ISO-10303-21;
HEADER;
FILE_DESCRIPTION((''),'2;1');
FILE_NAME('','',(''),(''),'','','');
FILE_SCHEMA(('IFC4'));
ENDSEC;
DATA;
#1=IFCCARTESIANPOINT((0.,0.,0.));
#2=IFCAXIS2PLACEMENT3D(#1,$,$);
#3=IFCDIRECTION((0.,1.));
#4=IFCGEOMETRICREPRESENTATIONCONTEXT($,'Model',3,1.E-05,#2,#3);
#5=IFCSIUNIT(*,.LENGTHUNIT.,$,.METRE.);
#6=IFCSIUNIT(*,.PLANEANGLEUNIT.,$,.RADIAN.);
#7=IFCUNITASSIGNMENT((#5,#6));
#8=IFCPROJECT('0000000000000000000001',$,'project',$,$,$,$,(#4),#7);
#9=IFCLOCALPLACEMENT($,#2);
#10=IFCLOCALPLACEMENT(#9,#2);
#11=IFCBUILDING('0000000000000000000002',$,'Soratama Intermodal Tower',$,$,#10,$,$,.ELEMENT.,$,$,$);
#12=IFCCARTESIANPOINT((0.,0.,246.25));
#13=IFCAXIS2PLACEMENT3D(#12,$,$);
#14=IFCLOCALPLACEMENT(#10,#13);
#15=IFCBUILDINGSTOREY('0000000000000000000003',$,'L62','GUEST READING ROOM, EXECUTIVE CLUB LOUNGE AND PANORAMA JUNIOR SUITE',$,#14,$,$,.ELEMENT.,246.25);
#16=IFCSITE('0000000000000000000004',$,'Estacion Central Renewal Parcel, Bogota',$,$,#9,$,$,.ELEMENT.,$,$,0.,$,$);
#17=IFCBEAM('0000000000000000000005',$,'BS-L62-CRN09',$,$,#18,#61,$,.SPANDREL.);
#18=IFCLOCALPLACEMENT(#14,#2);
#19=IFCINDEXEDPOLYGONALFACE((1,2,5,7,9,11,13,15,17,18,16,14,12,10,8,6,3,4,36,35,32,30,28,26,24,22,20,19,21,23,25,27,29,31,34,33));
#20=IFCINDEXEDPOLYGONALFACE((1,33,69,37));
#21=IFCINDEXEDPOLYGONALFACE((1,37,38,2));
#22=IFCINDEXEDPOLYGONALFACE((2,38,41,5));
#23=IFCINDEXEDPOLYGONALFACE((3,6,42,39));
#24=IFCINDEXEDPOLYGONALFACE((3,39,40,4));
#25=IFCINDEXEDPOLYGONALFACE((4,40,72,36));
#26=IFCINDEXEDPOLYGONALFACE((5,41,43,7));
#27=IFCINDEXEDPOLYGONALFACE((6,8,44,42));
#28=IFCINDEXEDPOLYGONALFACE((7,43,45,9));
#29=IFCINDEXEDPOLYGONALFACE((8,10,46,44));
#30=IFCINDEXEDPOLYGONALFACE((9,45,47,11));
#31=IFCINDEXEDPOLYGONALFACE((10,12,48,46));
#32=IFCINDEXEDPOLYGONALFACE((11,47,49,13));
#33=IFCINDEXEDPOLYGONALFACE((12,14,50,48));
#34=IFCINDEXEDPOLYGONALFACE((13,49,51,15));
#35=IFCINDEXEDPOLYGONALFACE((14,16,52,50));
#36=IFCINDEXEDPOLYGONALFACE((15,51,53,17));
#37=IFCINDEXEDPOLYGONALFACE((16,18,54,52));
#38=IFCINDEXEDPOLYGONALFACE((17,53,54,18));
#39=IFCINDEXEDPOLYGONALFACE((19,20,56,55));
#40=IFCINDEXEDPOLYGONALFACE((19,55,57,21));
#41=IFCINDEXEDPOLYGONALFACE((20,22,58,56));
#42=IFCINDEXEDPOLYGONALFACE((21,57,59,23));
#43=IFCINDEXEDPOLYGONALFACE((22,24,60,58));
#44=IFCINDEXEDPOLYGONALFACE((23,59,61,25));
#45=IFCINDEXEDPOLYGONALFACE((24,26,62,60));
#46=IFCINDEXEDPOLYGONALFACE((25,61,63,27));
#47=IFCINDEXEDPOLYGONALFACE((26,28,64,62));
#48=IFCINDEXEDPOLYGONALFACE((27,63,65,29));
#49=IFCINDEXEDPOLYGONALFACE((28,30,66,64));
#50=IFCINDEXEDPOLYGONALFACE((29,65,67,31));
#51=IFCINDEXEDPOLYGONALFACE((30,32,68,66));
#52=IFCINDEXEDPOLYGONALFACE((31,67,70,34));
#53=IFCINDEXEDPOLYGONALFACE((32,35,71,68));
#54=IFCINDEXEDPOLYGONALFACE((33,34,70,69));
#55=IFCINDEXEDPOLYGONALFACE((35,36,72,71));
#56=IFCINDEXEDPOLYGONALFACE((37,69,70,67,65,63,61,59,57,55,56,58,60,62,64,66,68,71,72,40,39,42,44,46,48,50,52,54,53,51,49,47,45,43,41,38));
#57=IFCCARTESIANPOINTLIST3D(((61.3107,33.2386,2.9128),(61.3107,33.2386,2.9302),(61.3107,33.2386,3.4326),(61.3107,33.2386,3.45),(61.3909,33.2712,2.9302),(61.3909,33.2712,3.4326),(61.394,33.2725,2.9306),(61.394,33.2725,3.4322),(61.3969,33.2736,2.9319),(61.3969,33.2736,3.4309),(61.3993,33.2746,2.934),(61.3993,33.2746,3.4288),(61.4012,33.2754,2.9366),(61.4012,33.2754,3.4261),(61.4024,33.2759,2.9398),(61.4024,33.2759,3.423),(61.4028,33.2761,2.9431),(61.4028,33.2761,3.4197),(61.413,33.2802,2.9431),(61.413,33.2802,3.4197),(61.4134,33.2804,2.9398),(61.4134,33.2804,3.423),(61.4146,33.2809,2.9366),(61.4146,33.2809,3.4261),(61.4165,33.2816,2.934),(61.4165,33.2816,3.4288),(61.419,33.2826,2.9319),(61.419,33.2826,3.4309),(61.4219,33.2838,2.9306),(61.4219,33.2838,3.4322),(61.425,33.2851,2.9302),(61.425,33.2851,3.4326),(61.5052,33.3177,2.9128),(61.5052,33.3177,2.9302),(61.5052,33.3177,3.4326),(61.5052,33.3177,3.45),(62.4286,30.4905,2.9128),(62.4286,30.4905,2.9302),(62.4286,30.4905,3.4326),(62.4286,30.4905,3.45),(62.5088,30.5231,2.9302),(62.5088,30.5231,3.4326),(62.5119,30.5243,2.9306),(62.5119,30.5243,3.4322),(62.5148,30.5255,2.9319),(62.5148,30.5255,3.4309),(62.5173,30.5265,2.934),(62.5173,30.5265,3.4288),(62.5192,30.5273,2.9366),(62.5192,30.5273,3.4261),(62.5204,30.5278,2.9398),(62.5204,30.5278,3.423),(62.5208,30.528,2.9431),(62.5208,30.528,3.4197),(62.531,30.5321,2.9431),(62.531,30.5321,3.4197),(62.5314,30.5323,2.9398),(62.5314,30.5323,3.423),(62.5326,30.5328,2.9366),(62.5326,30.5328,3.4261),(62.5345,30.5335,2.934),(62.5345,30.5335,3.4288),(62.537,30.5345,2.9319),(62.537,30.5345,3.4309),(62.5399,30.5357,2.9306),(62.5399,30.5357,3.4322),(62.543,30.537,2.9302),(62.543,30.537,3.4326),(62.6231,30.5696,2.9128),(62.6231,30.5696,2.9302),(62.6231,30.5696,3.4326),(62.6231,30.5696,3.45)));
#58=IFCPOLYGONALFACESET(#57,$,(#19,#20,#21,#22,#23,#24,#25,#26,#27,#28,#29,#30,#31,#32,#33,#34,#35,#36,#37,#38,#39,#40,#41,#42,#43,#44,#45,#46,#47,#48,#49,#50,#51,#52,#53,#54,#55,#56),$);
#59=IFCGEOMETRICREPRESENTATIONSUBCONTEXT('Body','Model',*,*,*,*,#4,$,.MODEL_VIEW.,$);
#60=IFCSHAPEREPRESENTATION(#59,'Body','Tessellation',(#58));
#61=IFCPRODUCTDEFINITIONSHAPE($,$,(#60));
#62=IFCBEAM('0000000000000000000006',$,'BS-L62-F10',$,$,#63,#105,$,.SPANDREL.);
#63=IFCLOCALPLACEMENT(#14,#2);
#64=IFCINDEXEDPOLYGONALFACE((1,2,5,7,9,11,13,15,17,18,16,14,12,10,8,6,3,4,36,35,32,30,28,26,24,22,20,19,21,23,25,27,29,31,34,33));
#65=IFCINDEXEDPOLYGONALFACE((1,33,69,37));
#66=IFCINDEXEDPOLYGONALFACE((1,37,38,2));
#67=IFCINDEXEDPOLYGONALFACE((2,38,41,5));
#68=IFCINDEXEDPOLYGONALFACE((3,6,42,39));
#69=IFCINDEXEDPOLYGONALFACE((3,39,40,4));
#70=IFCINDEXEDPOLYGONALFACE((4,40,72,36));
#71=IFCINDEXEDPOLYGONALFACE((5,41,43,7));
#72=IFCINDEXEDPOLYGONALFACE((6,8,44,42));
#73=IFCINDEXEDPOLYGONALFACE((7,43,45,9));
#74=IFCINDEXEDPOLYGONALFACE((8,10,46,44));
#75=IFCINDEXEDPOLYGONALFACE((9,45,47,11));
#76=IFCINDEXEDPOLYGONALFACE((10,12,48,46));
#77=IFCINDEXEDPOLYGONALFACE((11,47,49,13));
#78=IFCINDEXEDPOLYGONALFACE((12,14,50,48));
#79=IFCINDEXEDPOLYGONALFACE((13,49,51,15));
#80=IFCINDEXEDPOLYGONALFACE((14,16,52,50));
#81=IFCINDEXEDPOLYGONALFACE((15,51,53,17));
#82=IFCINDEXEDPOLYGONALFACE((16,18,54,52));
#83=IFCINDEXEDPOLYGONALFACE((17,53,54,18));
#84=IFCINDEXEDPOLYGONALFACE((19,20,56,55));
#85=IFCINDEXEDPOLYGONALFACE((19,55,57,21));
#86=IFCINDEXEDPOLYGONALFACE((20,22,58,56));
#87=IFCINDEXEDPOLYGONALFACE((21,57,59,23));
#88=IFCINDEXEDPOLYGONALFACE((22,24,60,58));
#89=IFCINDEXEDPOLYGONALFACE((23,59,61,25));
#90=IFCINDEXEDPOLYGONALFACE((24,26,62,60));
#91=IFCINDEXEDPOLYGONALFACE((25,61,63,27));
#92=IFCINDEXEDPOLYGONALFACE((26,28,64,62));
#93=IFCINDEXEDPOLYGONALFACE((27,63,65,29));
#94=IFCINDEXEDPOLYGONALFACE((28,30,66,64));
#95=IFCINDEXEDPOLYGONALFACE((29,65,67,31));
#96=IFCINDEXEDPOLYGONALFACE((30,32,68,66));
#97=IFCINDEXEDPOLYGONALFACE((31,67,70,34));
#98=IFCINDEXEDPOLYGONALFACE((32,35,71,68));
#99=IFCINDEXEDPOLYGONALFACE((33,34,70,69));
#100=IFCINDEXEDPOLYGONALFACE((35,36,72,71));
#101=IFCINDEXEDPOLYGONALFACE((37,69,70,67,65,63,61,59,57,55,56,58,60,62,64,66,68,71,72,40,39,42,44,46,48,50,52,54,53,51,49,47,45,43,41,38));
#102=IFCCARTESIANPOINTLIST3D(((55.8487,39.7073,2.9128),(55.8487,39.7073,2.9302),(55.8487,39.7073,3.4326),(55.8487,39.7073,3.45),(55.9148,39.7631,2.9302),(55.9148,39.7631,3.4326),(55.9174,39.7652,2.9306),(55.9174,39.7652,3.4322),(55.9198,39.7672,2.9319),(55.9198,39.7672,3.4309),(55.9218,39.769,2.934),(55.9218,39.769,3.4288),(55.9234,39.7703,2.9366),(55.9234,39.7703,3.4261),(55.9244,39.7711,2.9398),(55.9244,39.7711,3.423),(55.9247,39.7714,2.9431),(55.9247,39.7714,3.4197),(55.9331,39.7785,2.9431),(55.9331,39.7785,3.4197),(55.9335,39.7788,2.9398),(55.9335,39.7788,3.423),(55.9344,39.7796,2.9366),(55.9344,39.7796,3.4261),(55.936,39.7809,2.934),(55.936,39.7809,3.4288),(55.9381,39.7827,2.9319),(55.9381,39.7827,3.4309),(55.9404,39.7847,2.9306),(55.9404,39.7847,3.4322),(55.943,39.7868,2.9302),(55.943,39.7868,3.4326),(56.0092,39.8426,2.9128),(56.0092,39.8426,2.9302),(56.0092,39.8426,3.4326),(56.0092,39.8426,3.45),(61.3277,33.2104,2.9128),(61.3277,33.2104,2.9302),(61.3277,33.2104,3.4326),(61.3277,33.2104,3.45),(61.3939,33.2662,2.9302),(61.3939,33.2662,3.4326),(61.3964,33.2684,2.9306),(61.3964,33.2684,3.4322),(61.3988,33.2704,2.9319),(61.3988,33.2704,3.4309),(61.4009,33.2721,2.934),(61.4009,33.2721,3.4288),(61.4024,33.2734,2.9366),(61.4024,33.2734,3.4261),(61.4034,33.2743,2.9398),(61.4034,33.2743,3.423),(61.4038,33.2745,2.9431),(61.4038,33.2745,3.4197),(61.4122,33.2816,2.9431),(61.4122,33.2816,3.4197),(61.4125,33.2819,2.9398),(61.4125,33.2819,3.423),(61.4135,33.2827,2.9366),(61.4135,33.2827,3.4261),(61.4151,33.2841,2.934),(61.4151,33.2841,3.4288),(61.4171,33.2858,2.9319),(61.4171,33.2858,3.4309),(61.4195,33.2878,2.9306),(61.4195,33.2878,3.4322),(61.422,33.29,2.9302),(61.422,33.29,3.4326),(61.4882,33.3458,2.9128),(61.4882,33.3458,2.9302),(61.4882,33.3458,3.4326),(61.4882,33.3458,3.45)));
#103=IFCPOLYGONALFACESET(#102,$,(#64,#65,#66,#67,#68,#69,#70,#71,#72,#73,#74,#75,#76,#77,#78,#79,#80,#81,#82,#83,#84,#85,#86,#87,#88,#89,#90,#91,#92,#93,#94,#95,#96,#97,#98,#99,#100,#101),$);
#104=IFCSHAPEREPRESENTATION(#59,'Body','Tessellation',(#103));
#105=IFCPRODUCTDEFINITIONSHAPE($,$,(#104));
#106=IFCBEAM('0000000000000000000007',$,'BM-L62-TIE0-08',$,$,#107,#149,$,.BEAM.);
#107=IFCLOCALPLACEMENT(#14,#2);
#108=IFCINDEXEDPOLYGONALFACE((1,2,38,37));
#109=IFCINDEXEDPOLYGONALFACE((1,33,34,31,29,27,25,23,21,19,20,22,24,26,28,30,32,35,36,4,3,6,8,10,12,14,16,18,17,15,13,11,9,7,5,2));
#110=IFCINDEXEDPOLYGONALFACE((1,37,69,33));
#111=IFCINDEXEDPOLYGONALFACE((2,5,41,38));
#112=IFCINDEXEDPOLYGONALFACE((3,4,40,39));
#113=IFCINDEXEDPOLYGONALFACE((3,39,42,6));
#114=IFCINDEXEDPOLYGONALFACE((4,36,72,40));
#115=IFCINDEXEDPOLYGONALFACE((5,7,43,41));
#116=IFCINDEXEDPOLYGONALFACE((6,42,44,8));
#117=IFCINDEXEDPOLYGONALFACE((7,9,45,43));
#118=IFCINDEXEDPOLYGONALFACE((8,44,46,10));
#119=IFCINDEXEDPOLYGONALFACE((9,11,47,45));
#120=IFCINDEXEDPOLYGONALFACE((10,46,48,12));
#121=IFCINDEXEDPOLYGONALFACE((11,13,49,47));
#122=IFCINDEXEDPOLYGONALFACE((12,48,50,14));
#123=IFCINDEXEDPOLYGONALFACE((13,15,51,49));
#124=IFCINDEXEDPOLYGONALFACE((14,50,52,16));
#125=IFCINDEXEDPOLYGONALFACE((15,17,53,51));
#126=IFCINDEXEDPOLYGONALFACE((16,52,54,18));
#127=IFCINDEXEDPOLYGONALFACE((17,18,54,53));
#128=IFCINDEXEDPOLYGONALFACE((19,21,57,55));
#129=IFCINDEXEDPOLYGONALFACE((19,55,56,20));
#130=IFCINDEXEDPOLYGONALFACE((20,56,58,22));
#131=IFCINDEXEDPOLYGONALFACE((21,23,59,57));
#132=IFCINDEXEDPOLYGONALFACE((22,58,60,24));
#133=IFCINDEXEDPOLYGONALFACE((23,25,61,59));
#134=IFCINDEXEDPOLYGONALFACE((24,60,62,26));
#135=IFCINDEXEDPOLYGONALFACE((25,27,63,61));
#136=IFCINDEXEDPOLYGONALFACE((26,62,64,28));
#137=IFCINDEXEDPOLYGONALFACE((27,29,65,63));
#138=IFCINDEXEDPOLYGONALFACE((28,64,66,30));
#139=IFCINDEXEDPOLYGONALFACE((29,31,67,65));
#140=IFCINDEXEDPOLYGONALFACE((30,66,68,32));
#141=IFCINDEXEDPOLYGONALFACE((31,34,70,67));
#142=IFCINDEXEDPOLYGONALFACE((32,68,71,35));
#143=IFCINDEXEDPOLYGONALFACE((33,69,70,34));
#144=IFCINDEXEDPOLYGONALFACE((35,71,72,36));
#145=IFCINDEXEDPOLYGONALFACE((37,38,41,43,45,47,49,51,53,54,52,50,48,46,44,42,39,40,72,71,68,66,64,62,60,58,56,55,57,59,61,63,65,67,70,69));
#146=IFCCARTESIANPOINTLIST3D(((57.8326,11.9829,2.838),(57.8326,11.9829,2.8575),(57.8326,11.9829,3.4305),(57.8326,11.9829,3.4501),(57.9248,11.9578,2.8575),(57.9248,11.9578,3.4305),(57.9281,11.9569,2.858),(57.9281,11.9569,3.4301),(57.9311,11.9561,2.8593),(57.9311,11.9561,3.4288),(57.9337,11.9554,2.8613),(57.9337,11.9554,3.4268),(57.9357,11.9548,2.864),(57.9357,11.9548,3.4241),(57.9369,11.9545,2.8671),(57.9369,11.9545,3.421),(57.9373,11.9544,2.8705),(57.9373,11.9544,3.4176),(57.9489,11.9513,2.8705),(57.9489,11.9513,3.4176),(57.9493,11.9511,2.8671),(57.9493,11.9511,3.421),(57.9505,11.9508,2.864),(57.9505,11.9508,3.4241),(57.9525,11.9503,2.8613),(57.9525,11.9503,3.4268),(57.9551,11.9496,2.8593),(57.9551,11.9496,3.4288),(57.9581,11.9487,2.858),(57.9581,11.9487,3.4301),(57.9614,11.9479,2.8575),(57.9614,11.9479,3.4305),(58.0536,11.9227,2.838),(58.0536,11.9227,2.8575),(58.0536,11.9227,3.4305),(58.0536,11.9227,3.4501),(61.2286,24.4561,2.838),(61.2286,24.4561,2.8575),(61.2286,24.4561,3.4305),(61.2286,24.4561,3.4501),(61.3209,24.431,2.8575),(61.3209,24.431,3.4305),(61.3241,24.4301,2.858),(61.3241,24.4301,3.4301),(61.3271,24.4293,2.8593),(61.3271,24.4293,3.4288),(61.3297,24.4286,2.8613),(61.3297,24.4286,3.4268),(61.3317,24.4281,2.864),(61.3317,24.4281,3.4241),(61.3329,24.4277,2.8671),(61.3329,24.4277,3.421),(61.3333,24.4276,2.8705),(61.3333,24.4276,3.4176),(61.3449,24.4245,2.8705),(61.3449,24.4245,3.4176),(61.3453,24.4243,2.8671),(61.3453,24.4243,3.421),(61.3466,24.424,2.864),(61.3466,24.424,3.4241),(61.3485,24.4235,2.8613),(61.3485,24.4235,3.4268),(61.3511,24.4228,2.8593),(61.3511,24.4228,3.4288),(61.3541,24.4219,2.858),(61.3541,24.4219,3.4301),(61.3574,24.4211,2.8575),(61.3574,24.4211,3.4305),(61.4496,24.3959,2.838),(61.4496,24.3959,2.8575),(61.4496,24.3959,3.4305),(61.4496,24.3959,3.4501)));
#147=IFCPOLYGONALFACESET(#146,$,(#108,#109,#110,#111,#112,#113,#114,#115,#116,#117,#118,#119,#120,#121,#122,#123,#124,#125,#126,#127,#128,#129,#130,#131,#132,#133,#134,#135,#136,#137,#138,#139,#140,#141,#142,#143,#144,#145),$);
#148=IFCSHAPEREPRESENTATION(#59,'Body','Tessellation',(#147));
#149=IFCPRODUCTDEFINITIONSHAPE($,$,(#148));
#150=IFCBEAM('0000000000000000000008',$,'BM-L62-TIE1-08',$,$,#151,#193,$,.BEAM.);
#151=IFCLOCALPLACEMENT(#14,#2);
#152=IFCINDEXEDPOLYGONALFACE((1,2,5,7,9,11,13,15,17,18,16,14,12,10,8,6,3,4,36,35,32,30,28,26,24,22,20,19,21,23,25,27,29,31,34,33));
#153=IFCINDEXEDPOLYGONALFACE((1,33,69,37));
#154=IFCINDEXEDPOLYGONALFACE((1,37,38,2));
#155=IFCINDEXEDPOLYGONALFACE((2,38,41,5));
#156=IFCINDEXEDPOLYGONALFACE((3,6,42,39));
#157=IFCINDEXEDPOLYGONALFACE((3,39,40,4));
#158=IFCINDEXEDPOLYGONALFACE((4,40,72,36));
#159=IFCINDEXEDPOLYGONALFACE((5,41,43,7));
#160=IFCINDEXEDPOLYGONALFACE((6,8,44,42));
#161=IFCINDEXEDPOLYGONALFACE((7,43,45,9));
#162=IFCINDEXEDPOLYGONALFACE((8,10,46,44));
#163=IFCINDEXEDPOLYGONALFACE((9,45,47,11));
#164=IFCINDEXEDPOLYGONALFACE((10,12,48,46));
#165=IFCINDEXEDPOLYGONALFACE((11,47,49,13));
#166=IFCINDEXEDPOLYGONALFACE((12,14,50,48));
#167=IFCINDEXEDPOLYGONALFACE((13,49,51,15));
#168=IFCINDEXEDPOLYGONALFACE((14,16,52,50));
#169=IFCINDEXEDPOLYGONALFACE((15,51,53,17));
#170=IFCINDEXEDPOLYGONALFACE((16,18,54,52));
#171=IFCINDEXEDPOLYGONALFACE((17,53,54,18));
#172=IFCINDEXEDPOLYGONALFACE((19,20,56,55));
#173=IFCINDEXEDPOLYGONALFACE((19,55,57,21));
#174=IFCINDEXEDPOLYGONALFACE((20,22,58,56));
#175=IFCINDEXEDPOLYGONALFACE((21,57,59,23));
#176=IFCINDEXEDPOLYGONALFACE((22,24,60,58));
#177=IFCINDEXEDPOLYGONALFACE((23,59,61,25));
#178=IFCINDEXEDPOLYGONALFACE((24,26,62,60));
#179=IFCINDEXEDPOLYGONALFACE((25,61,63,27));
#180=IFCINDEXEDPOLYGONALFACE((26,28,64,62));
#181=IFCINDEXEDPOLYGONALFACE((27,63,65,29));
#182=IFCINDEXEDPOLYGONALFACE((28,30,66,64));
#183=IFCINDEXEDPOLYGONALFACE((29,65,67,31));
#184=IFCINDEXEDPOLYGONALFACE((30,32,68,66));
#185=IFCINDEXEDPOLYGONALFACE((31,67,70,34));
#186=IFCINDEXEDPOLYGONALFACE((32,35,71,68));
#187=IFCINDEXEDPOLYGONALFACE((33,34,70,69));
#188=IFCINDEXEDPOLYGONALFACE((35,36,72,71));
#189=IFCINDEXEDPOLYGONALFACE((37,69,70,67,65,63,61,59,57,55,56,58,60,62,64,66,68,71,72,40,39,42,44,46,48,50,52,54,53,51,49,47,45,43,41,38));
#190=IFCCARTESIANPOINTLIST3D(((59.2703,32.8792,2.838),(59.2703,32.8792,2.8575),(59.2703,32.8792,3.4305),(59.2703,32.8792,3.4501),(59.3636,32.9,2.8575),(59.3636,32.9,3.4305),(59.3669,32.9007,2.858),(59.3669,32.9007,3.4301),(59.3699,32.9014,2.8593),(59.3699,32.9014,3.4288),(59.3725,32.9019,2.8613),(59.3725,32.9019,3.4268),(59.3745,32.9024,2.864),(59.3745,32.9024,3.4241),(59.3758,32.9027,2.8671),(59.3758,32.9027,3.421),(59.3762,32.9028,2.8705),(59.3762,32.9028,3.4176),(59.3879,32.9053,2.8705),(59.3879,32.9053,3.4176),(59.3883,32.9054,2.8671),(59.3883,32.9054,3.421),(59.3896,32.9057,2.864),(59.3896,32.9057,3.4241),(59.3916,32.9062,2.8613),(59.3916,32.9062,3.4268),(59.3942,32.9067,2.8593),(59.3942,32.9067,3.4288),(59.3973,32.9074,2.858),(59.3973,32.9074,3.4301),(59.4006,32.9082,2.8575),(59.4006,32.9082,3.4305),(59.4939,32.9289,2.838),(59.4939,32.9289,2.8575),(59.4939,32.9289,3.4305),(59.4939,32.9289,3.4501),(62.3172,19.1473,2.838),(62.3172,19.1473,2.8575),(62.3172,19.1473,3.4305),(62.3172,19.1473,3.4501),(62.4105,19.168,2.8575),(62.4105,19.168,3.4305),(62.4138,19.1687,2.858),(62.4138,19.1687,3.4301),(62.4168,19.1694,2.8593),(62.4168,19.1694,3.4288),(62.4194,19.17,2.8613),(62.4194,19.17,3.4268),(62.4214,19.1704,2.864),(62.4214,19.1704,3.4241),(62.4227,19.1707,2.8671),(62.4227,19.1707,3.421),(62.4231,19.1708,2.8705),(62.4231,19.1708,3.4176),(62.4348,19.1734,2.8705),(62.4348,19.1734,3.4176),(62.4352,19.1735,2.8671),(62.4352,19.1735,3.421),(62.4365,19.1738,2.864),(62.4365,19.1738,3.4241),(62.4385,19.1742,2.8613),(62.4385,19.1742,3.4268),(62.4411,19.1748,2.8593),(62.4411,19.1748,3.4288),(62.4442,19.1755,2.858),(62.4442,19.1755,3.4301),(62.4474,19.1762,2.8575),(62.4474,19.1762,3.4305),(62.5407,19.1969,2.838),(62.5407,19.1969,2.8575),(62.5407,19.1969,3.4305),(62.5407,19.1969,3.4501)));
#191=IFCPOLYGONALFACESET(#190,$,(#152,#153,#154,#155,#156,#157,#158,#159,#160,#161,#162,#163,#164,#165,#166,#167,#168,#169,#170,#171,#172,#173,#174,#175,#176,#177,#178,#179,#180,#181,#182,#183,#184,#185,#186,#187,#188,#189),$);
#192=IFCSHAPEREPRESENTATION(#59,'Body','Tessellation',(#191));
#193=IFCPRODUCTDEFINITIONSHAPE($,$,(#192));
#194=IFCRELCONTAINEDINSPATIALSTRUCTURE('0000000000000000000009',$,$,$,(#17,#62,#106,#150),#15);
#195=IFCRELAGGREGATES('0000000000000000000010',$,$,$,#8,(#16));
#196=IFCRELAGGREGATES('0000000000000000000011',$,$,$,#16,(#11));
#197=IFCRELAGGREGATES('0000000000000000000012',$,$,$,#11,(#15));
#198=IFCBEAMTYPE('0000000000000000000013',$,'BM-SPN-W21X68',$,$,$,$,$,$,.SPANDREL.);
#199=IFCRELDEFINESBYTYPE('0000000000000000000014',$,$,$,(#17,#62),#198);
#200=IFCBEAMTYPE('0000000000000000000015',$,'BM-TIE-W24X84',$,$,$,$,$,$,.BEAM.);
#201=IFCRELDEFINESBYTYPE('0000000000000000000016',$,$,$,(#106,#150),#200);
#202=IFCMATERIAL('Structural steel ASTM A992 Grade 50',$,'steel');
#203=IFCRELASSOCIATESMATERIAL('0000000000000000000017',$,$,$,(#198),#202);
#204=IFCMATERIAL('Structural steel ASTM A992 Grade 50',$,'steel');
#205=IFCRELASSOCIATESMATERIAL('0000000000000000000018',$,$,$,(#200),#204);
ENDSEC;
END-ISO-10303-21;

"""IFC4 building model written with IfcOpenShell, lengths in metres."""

from ifc_helpers import new_model, si_unit, direction, frame, origin, origin_2d, place, context, subcontext, project, spatial, i_section, extrude, material, material_profile, profile_set, type_object, element, save


model = new_model("IFC4")

# Units and contexts
model_context = context("Model", 3, precision=1e-05, world=origin(), true_north=direction((0.0, 1.0)))
body_context = subcontext(model_context, "Body", "Model", "MODEL_VIEW")
ifc_project = project(units=[si_unit("LENGTHUNIT", "METRE"), si_unit("PLANEANGLEUNIT", "RADIAN")], contexts=[model_context])

# Site, building, storey
site_placement = place(None, origin())
site = spatial("IfcSite", under=ifc_project, at=site_placement, Name="Estacion Central Renewal Parcel, Bogota", CompositionType="ELEMENT", RefElevation=0.0)
building_placement = place(site_placement, origin())
building = spatial("IfcBuilding", under=site, at=building_placement, Name="Soratama Intermodal Tower", CompositionType="ELEMENT")
storey_placement = place(building_placement, frame((0.0, 0.0, 246.25)))
storey = spatial("IfcBuildingStorey", under=building, at=storey_placement, Name="L62", Description="GUEST READING ROOM, EXECUTIVE CLUB LOUNGE AND PANORAMA JUNIOR SUITE", CompositionType="ELEMENT", Elevation=246.25)

# Beams
ifc_material_1 = material(Name="Structural steel ASTM A992 Grade 50", Category="steel")
ifc_material_profile_1 = material_profile(ifc_material_1, i_section(OverallWidth=0.21, OverallDepth=0.5371, WebThickness=0.011, FlangeThickness=0.0173, FilletRadius=0.0129, at=origin_2d()), Name="W21X68")
ifc_profile_set_1 = profile_set([ifc_material_profile_1], Name="Structural steel ASTM A992 Grade 50")
beam_type_1 = type_object("IfcBeamType", Name="BM-SPN-W21X68", PredefinedType="SPANDREL", material=ifc_profile_set_1)
beam_1_placement = place(storey_placement, frame((62.5259, 30.53, 3.1814), z_axis=(-0.376818, 0.926287, 0.0), x_axis=(-0.926287, -0.376818, 0.0)))
element("IfcBeam", 1, at=beam_1_placement, inside=storey, type_object=beam_type_1, Name="BS-L62-CRN09", PredefinedType="SPANDREL", context=body_context, shape_type="SweptSolid", body=[
    extrude(i_section(OverallWidth=0.21, OverallDepth=0.5371, WebThickness=0.011, FlangeThickness=0.0173, FilletRadius=0.0129, at=origin_2d()), origin(), (0.0, 0.0, 1.0), 2.9668),
])
beam_2_placement = place(storey_placement, frame((61.408, 33.2781, 3.1814), z_axis=(-0.644686, 0.764448, 0.0), x_axis=(-0.764448, -0.644686, 0.0)))
element("IfcBeam", 2, at=beam_2_placement, inside=storey, type_object=beam_type_1, Name="BS-L62-F10", PredefinedType="SPANDREL", context=body_context, shape_type="SweptSolid", body=[
    extrude(i_section(OverallWidth=0.21, OverallDepth=0.5371, WebThickness=0.011, FlangeThickness=0.0173, FilletRadius=0.0129, at=origin_2d()), origin(), (0.0, 0.0, 1.0), 8.4988),
])
ifc_material_2 = material(Name="Structural steel ASTM A992 Grade 50", Category="steel")
ifc_material_profile_2 = material_profile(ifc_material_2, i_section(OverallWidth=0.229, OverallDepth=0.6121, WebThickness=0.012, FlangeThickness=0.0195, FilletRadius=0.0129, at=origin_2d()), Name="W24X84")
ifc_profile_set_2 = profile_set([ifc_material_profile_2], Name="Structural steel ASTM A992 Grade 50")
beam_type_2 = type_object("IfcBeamType", Name="BM-TIE-W24X84", PredefinedType="BEAM", material=ifc_profile_set_2)
beam_3_placement = place(storey_placement, frame((61.3391, 24.426, 3.144), z_axis=(-0.262702, -0.964877, 0.0), x_axis=(0.964877, -0.262702, 0.0)))
element("IfcBeam", 3, at=beam_3_placement, inside=storey, type_object=beam_type_2, Name="BM-L62-TIE0-08", PredefinedType="BEAM", context=body_context, shape_type="SweptSolid", body=[
    extrude(i_section(OverallWidth=0.229, OverallDepth=0.6121, WebThickness=0.012, FlangeThickness=0.0195, FilletRadius=0.0129, at=origin_2d()), origin(), (0.0, 0.0, 1.0), 12.9272),
])
beam_4_placement = place(storey_placement, frame((59.3821, 32.9041, 3.144), z_axis=(0.216614, -0.976257, 0.0), x_axis=(0.976257, 0.216614, 0.0)))
element("IfcBeam", 4, at=beam_4_placement, inside=storey, type_object=beam_type_2, Name="BM-L62-TIE1-08", PredefinedType="BEAM", context=body_context, shape_type="SweptSolid", body=[
    extrude(i_section(OverallWidth=0.229, OverallDepth=0.6121, WebThickness=0.012, FlangeThickness=0.0195, FilletRadius=0.0129, at=origin_2d()), origin(), (0.0, 0.0, 1.0), 14.0659),
])

save(model, "model.ifc")
